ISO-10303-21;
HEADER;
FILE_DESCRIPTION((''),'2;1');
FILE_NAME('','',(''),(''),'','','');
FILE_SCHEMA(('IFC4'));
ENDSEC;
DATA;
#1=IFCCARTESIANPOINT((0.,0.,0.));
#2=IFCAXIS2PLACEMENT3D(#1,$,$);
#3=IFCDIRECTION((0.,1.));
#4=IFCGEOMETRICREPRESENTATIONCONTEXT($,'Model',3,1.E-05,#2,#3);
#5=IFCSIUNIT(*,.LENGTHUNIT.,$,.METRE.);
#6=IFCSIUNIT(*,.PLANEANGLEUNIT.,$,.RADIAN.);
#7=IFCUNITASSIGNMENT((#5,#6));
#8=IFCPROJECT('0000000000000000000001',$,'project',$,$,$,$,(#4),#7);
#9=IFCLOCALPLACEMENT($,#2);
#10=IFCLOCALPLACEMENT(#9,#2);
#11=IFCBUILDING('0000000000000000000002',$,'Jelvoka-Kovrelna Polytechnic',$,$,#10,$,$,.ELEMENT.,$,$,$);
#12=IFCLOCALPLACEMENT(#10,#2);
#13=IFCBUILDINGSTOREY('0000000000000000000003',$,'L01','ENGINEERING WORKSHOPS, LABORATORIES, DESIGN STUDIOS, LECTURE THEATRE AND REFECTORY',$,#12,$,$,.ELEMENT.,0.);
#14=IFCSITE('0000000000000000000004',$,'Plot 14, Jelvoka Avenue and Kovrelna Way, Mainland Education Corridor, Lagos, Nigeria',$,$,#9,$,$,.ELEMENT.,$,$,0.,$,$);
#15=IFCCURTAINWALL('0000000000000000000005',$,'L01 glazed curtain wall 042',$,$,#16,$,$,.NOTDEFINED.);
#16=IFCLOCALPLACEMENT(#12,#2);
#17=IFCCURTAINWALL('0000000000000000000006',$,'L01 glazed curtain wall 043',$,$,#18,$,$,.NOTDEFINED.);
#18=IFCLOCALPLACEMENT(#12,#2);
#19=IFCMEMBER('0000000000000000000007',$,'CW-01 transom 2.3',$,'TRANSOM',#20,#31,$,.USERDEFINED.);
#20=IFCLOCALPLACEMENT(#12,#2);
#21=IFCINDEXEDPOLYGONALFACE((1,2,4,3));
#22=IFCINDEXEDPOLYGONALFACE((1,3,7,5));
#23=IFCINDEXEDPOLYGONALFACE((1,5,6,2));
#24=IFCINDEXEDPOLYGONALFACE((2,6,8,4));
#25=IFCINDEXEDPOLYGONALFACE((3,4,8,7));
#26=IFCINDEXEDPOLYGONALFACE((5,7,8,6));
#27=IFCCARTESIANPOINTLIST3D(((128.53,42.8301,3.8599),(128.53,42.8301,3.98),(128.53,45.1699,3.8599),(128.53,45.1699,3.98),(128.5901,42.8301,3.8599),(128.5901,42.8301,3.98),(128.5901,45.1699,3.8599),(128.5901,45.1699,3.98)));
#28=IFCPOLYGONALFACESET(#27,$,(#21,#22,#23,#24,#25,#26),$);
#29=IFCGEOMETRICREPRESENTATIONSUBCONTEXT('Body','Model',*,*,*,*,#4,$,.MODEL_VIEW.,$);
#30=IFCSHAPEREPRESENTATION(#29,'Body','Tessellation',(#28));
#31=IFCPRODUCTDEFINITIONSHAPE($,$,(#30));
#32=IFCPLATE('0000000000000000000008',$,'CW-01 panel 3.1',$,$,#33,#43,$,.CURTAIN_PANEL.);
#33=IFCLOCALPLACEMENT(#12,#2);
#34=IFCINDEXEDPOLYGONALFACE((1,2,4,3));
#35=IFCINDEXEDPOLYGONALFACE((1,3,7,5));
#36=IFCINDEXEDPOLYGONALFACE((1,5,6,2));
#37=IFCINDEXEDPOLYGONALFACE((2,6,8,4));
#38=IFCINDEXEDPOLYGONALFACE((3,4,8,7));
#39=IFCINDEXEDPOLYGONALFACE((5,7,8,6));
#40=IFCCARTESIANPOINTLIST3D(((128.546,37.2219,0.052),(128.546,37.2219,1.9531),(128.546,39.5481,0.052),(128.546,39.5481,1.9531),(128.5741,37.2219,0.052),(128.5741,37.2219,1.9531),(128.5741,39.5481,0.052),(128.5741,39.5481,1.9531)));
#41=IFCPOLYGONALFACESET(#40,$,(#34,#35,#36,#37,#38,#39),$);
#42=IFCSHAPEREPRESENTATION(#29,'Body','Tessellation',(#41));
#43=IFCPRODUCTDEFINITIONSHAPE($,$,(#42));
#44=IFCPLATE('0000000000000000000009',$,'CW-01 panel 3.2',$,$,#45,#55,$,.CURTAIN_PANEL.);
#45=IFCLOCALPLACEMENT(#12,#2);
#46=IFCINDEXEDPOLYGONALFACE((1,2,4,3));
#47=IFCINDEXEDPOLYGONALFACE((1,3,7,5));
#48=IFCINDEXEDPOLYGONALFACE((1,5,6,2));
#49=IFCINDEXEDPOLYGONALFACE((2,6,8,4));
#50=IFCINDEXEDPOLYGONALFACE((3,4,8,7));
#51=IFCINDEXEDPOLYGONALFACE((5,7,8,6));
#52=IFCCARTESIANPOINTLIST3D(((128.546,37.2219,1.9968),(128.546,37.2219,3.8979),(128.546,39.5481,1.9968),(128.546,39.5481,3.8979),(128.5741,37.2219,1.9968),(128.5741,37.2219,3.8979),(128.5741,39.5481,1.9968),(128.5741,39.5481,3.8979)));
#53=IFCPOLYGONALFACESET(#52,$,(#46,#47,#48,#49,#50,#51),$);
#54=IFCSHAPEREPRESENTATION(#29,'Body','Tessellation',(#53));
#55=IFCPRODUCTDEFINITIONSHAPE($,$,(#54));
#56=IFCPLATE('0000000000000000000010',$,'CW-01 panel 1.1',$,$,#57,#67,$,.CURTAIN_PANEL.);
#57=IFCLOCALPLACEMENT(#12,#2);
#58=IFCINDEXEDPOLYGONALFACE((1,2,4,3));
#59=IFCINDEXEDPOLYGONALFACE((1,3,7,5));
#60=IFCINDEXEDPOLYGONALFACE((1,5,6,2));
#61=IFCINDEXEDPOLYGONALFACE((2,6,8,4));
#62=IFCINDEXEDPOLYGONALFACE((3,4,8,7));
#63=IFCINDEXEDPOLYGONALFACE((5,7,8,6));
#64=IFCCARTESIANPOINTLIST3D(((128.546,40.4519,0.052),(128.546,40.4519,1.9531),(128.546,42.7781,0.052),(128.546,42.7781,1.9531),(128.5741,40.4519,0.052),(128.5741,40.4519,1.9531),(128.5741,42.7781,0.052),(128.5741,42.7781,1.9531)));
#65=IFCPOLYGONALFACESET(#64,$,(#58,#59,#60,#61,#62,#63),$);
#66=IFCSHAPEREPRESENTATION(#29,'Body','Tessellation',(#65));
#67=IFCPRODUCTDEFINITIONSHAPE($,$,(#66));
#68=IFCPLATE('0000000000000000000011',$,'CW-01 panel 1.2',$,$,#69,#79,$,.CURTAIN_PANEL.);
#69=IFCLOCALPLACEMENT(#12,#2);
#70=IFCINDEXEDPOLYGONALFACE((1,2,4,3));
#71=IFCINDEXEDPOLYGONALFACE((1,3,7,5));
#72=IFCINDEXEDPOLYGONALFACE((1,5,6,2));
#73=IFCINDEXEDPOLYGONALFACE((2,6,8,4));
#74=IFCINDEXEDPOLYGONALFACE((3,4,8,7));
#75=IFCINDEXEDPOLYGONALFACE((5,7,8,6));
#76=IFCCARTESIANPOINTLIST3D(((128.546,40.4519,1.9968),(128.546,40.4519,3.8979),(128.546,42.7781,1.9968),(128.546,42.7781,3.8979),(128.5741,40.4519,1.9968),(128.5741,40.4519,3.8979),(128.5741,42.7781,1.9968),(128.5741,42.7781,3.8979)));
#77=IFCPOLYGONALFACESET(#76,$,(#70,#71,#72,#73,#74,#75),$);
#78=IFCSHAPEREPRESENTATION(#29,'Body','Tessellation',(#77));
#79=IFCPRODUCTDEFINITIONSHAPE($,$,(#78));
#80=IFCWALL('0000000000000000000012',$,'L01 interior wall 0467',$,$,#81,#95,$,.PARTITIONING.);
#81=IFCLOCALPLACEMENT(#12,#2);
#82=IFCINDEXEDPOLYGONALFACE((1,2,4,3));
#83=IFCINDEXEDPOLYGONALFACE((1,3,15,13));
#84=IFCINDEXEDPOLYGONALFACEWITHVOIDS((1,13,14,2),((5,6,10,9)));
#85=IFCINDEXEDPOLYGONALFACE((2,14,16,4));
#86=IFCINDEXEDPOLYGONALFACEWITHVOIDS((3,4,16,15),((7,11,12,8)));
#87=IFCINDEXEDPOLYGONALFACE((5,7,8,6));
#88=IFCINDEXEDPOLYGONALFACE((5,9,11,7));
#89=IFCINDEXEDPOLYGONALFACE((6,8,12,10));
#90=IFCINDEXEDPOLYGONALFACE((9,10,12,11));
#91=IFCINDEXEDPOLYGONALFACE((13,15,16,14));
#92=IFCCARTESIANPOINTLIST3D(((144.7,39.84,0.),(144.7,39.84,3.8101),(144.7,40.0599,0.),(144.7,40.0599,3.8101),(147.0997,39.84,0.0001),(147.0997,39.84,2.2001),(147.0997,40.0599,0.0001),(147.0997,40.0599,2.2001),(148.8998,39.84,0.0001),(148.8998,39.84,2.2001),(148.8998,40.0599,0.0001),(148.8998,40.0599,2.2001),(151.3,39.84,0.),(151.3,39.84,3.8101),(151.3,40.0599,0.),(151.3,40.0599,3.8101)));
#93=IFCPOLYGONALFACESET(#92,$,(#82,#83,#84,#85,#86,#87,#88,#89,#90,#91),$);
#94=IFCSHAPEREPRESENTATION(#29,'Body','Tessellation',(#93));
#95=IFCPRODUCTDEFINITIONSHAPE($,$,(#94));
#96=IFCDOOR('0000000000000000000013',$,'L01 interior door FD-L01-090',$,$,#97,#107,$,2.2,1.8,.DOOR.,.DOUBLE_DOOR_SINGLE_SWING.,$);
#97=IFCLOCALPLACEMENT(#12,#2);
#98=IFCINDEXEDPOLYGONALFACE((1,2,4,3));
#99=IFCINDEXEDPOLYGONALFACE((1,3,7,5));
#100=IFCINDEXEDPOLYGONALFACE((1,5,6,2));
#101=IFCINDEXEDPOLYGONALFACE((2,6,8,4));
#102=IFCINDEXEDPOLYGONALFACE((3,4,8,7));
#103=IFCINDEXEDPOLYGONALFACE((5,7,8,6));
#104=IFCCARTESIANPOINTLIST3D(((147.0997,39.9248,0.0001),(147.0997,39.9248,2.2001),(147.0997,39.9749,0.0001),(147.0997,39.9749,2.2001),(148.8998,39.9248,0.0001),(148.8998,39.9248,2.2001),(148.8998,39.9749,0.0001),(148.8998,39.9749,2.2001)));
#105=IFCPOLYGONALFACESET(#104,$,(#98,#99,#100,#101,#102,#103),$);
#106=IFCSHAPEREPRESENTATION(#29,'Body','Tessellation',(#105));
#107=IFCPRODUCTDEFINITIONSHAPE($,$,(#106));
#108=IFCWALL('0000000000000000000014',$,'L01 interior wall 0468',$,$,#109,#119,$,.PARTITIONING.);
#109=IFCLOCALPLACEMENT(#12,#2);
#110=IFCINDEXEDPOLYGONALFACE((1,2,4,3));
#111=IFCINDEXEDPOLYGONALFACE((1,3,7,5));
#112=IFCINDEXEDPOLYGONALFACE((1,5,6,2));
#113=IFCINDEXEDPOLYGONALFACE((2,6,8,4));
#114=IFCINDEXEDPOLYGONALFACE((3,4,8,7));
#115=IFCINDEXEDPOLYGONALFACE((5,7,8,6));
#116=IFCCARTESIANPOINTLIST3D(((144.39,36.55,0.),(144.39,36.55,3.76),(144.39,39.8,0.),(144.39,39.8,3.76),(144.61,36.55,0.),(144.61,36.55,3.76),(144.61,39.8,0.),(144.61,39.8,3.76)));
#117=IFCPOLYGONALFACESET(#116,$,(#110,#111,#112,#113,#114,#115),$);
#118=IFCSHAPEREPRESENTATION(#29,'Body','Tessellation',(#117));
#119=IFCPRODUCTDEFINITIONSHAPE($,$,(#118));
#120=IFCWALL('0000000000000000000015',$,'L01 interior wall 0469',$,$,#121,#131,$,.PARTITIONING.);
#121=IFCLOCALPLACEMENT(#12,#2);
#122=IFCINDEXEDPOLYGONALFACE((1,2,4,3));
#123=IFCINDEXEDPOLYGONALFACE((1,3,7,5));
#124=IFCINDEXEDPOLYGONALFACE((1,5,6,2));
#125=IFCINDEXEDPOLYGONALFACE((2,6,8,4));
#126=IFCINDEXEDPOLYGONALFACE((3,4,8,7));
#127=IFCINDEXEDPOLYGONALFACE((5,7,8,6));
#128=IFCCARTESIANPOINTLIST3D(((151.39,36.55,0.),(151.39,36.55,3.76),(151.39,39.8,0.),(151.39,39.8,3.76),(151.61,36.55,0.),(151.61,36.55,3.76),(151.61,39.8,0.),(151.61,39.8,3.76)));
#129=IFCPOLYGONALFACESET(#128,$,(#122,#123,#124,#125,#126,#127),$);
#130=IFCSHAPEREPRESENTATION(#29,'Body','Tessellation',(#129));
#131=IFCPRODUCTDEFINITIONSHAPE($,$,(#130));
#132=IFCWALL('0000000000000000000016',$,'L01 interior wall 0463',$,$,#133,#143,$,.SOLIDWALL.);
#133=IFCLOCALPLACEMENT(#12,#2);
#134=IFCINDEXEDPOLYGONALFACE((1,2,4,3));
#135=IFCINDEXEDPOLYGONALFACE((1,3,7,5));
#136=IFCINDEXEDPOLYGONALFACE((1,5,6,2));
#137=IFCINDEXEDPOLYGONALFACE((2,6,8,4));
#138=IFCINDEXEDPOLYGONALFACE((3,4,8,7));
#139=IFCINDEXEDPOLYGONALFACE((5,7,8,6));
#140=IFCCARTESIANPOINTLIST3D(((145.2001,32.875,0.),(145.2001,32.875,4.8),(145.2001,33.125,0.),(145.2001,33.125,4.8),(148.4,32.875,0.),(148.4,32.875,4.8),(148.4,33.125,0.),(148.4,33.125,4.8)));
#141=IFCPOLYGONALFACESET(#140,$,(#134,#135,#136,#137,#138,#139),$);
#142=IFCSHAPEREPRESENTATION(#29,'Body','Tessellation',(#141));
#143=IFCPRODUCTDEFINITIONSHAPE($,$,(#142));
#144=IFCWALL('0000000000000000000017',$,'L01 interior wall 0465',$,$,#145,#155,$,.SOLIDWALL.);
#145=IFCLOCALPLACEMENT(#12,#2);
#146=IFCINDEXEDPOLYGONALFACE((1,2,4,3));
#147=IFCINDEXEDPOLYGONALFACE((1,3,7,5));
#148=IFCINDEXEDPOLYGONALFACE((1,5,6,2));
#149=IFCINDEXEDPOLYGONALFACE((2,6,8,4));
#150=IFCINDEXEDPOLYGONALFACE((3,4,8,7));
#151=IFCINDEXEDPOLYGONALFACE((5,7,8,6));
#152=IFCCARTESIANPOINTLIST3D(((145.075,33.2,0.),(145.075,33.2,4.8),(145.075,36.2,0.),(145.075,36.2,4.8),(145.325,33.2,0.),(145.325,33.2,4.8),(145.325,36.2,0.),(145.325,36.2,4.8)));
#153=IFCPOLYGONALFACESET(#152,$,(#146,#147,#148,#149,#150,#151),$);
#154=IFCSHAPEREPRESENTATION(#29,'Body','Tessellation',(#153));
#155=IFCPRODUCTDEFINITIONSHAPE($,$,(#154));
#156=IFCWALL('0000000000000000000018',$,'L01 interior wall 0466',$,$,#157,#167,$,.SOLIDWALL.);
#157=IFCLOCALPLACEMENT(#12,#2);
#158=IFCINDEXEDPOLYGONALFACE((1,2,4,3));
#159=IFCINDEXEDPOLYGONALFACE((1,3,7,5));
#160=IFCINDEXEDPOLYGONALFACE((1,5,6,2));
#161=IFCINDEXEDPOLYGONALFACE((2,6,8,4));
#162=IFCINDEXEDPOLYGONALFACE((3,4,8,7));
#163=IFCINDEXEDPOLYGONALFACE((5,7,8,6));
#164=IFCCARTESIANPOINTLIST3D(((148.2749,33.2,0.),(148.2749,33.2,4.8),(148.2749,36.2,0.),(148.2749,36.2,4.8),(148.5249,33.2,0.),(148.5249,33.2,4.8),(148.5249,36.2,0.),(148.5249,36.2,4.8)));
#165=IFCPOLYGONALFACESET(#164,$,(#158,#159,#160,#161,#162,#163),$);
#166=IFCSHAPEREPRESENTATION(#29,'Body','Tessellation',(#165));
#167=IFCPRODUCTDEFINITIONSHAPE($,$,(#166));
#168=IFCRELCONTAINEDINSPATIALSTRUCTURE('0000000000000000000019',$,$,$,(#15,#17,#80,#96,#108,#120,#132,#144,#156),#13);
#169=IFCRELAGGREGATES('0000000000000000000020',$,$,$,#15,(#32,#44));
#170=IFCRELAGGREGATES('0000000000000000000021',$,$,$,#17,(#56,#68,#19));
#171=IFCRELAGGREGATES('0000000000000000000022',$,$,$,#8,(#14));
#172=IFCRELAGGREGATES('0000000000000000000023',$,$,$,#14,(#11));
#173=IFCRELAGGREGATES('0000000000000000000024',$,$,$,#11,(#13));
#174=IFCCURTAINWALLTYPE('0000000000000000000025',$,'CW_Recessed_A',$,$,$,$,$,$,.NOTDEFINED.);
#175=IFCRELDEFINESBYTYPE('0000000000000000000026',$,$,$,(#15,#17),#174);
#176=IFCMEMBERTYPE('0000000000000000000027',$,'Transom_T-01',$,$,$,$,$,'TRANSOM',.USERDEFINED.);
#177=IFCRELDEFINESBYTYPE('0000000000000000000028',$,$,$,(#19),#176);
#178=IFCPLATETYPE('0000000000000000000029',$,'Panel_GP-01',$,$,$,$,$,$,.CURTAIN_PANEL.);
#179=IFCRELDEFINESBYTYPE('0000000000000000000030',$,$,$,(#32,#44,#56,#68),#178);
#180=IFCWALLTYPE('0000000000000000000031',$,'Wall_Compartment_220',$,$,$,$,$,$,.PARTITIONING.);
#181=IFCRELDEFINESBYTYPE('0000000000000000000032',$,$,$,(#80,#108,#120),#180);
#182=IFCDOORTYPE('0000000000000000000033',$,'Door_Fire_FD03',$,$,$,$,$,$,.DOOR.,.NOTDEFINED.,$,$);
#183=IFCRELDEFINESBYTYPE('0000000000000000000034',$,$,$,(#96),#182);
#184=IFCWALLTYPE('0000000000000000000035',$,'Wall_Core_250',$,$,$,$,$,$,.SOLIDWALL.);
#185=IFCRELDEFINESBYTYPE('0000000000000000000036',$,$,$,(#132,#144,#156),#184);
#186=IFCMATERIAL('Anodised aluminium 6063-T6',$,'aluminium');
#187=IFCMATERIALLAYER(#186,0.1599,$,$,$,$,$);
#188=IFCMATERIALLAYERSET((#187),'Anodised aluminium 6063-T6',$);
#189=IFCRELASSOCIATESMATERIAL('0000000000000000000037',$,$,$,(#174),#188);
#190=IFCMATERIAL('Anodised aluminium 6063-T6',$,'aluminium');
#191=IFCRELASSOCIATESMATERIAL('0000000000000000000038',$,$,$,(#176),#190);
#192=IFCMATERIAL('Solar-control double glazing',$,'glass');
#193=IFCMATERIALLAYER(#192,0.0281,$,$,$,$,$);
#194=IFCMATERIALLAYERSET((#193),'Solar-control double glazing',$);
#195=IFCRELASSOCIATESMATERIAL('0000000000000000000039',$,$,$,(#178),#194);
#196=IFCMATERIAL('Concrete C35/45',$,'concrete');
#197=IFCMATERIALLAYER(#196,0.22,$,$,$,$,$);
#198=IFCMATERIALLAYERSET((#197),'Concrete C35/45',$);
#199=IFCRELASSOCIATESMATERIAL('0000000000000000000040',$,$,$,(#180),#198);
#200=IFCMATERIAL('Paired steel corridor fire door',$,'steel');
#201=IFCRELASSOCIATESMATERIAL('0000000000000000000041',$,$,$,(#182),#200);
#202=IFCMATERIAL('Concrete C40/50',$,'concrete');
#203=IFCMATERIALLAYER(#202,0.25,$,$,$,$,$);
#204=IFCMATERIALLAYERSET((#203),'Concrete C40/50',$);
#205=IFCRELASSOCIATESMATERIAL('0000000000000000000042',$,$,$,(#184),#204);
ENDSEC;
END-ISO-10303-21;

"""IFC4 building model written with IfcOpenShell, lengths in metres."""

from ifc_helpers import new_model, si_unit, direction, frame, frame_2d, origin, origin_2d, place, context, subcontext, project, spatial, rectangle, extrude, material, layer, layer_set, material_profile, profile_set, type_object, element, fill, aggregate, save


model = new_model("IFC4")

# Units and contexts
model_context = context("Model", 3, precision=1e-05, world=origin(), true_north=direction((0.0, 1.0)))
body_context = subcontext(model_context, "Body", "Model", "MODEL_VIEW")
ifc_project = project(units=[si_unit("LENGTHUNIT", "METRE"), si_unit("PLANEANGLEUNIT", "RADIAN")], contexts=[model_context])

# Site, building, storey
site_placement = place(None, origin())
site = spatial("IfcSite", under=ifc_project, at=site_placement, Name="Plot 14, Jelvoka Avenue and Kovrelna Way, Mainland Education Corridor, Lagos, Nigeria", CompositionType="ELEMENT", RefElevation=0.0)
building_placement = place(site_placement, origin())
building = spatial("IfcBuilding", under=site, at=building_placement, Name="Jelvoka-Kovrelna Polytechnic", CompositionType="ELEMENT")
storey_placement = place(building_placement, origin())
storey = spatial("IfcBuildingStorey", under=building, at=storey_placement, Name="L01", Description="ENGINEERING WORKSHOPS, LABORATORIES, DESIGN STUDIOS, LECTURE THEATRE AND REFECTORY", CompositionType="ELEMENT", Elevation=0.0)

# Curtain wall
ifc_material_1 = material(Name="Anodised aluminium 6063-T6", Category="aluminium")
ifc_layer_1 = layer(ifc_material_1, 0.1599)
ifc_layer_set_1 = layer_set([ifc_layer_1], Name="Anodised aluminium 6063-T6")
curtain_wall_type = type_object("IfcCurtainWallType", Name="CW_Recessed_A", PredefinedType="NOTDEFINED", material=ifc_layer_set_1)
curtain_wall_1_placement = place(storey_placement, origin())
curtain_wall_1 = element("IfcCurtainWall", 1, at=curtain_wall_1_placement, inside=storey, type_object=curtain_wall_type, Name="L01 glazed curtain wall 042", PredefinedType="NOTDEFINED")

# Curtain wall, member
curtain_wall_2_placement = place(storey_placement, origin())
curtain_wall_2 = element("IfcCurtainWall", 2, at=curtain_wall_2_placement, inside=storey, type_object=curtain_wall_type, Name="L01 glazed curtain wall 043", PredefinedType="NOTDEFINED")
ifc_material_2 = material(Name="Anodised aluminium 6063-T6", Category="aluminium")
ifc_material_profile_1 = material_profile(ifc_material_2, rectangle(XDim=0.0601, YDim=0.1201, at=origin_2d()), Name="ALU 60x120")
ifc_profile_set_1 = profile_set([ifc_material_profile_1], Name="Anodised aluminium 6063-T6")
member_type_1 = type_object("IfcMemberType", Name="Transom_T-01", ElementType="TRANSOM", PredefinedType="USERDEFINED", material=ifc_profile_set_1)
member_1_placement = place(storey_placement, frame((128.5601, 42.8301, 3.9199), z_axis=(0.0, 1.0, 0.0), x_axis=(-1.0, 0.0, 0.0)))
member_1 = element("IfcMember", 3, at=member_1_placement, type_object=member_type_1, Name="CW-01 transom 2.3", ObjectType="TRANSOM", PredefinedType="USERDEFINED", context=body_context, shape_type="SweptSolid", body=[
    extrude(rectangle(XDim=0.0601, YDim=0.1201, at=origin_2d()), origin(), (0.0, 0.0, 1.0), 2.3398),
])

# Plates
ifc_material_3 = material(Name="Solar-control double glazing", Category="glass")
ifc_layer_2 = layer(ifc_material_3, 0.0281)
ifc_layer_set_2 = layer_set([ifc_layer_2], Name="Solar-control double glazing")
plate_type = type_object("IfcPlateType", Name="Panel_GP-01", PredefinedType="CURTAIN_PANEL", material=ifc_layer_set_2)
plate_1_placement = place(storey_placement, frame((128.5601, 38.385, 0.052), z_axis=(0.0, 0.0, 1.0), x_axis=(0.0, 1.0, 0.0)))
plate_1 = element("IfcPlate", 4, at=plate_1_placement, type_object=plate_type, Name="CW-01 panel 3.1", PredefinedType="CURTAIN_PANEL", context=body_context, shape_type="SweptSolid", body=[
    extrude(rectangle(XDim=2.3262, YDim=0.0281, at=origin_2d()), origin(), (0.0, 0.0, 1.0), 1.9011),
])
plate_2_placement = place(storey_placement, frame((128.5601, 38.385, 1.9968), z_axis=(0.0, 0.0, 1.0), x_axis=(0.0, 1.0, 0.0)))
plate_2 = element("IfcPlate", 5, at=plate_2_placement, type_object=plate_type, Name="CW-01 panel 3.2", PredefinedType="CURTAIN_PANEL", context=body_context, shape_type="SweptSolid", body=[
    extrude(rectangle(XDim=2.3262, YDim=0.0281, at=origin_2d()), origin(), (0.0, 0.0, 1.0), 1.9011),
])
aggregate(curtain_wall_1, [plate_1, plate_2])
plate_3_placement = place(storey_placement, frame((128.5601, 41.615, 0.052), z_axis=(0.0, 0.0, 1.0), x_axis=(0.0, 1.0, 0.0)))
plate_3 = element("IfcPlate", 6, at=plate_3_placement, type_object=plate_type, Name="CW-01 panel 1.1", PredefinedType="CURTAIN_PANEL", context=body_context, shape_type="SweptSolid", body=[
    extrude(rectangle(XDim=2.3262, YDim=0.0281, at=origin_2d()), origin(), (0.0, 0.0, 1.0), 1.9011),
])
plate_4_placement = place(storey_placement, frame((128.5601, 41.615, 1.9968), z_axis=(0.0, 0.0, 1.0), x_axis=(0.0, 1.0, 0.0)))
plate_4 = element("IfcPlate", 7, at=plate_4_placement, type_object=plate_type, Name="CW-01 panel 1.2", PredefinedType="CURTAIN_PANEL", context=body_context, shape_type="SweptSolid", body=[
    extrude(rectangle(XDim=2.3262, YDim=0.0281, at=origin_2d()), origin(), (0.0, 0.0, 1.0), 1.9011),
])
aggregate(curtain_wall_2, [plate_3, plate_4, member_1])

# Wall, opening, door
ifc_material_4 = material(Name="Concrete C35/45", Category="concrete")
ifc_layer_3 = layer(ifc_material_4, 0.22)
ifc_layer_set_3 = layer_set([ifc_layer_3], Name="Concrete C35/45")
wall_type_1 = type_object("IfcWallType", Name="Wall_Compartment_220", PredefinedType="PARTITIONING", material=ifc_layer_set_3)
wall_1_placement = place(storey_placement, frame((144.7, 39.95, 0.0), z_axis=(0.0, 0.0, 1.0), x_axis=(1.0, 0.0, 0.0)))
wall_1 = element("IfcWall", 8, at=wall_1_placement, inside=storey, type_object=wall_type_1, Name="L01 interior wall 0467", PredefinedType="PARTITIONING", context=body_context, shape_type="SweptSolid", body=[
    extrude(rectangle(XDim=6.6001, YDim=0.22, at=frame_2d((3.3, 0.0))), origin(), (0.0, 0.0, 1.0), 3.8101),
])
opening_1_placement = place(wall_1_placement, frame((2.3999, 0.0, 0.0)))
opening_1 = element("IfcOpeningElement", 9, at=opening_1_placement, cuts=wall_1, PredefinedType="OPENING", context=body_context, shape_type="SweptSolid", body=[
    extrude(rectangle(XDim=1.8, YDim=2.2, at=frame_2d((0.8999, 1.1001))), frame((0.0, 0.1199, 0.0), z_axis=(0.0, -1.0, 0.0), x_axis=(1.0, 0.0, 0.0)), (0.0, 0.0, 1.0), 0.24),
])
ifc_material_5 = material(Name="Paired steel corridor fire door", Category="steel")
door_type_1 = type_object("IfcDoorType", Name="Door_Fire_FD03", OperationType="NOTDEFINED", PredefinedType="DOOR", material=ifc_material_5)
door_1_placement = place(opening_1_placement, origin())
door_1 = element("IfcDoor", 10, at=door_1_placement, inside=storey, type_object=door_type_1, Name="L01 interior door FD-L01-090", OperationType="DOUBLE_DOOR_SINGLE_SWING", OverallHeight=2.2, OverallWidth=1.8, PredefinedType="DOOR", context=body_context, shape_type="SweptSolid", body=[
    extrude(rectangle(XDim=1.8, YDim=2.2, at=frame_2d((0.8999, 1.1001))), frame((0.0, 0.0249, 0.0), z_axis=(0.0, -1.0, 0.0), x_axis=(1.0, 0.0, 0.0)), (0.0, 0.0, 1.0), 0.05),
])
fill(opening_1, door_1)

# Walls
for number, where, z_axis, x_axis, name in (
    (11, (144.5, 36.55, 0.0), (0.0, 0.0, 1.0), (0.0, 1.0, 0.0), "L01 interior wall 0468"),
    (12, (151.5, 36.55, 0.0), (0.0, 0.0, 1.0), (0.0, 1.0, 0.0), "L01 interior wall 0469"),
):
    element("IfcWall", number, at=place(storey_placement, frame(where, z_axis=z_axis, x_axis=x_axis)), inside=storey, type_object=wall_type_1, Name=name, PredefinedType="PARTITIONING", context=body_context, shape_type="SweptSolid", body=[
        extrude(rectangle(XDim=3.25, YDim=0.22, at=frame_2d((1.625, 0.0))), origin(), (0.0, 0.0, 1.0), 3.76),
    ])
ifc_material_6 = material(Name="Concrete C40/50", Category="concrete")
ifc_layer_4 = layer(ifc_material_6, 0.25)
ifc_layer_set_4 = layer_set([ifc_layer_4], Name="Concrete C40/50")
wall_type_2 = type_object("IfcWallType", Name="Wall_Core_250", PredefinedType="SOLIDWALL", material=ifc_layer_set_4)
wall_2_placement = place(storey_placement, frame((145.2, 33.0, 0.0), z_axis=(0.0, 0.0, 1.0), x_axis=(1.0, 0.0, 0.0)))
element("IfcWall", 13, at=wall_2_placement, inside=storey, type_object=wall_type_2, Name="L01 interior wall 0463", PredefinedType="SOLIDWALL", context=body_context, shape_type="SweptSolid", body=[
    extrude(rectangle(XDim=3.2, YDim=0.25, at=frame_2d((1.6001, 0.0))), origin(), (0.0, 0.0, 1.0), 4.8),
])

# Walls
for number, where, z_axis, x_axis, name in (
    (14, (145.2, 33.2, 0.0), (0.0, 0.0, 1.0), (0.0, 1.0, 0.0), "L01 interior wall 0465"),
    (15, (148.3999, 33.2, 0.0), (0.0, 0.0, 1.0), (0.0, 1.0, 0.0), "L01 interior wall 0466"),
):
    element("IfcWall", number, at=place(storey_placement, frame(where, z_axis=z_axis, x_axis=x_axis)), inside=storey, type_object=wall_type_2, Name=name, PredefinedType="SOLIDWALL", context=body_context, shape_type="SweptSolid", body=[
        extrude(rectangle(XDim=3.0, YDim=0.25, at=frame_2d((1.5, 0.0))), origin(), (0.0, 0.0, 1.0), 4.8),
    ])

save(model, "model.ifc")
